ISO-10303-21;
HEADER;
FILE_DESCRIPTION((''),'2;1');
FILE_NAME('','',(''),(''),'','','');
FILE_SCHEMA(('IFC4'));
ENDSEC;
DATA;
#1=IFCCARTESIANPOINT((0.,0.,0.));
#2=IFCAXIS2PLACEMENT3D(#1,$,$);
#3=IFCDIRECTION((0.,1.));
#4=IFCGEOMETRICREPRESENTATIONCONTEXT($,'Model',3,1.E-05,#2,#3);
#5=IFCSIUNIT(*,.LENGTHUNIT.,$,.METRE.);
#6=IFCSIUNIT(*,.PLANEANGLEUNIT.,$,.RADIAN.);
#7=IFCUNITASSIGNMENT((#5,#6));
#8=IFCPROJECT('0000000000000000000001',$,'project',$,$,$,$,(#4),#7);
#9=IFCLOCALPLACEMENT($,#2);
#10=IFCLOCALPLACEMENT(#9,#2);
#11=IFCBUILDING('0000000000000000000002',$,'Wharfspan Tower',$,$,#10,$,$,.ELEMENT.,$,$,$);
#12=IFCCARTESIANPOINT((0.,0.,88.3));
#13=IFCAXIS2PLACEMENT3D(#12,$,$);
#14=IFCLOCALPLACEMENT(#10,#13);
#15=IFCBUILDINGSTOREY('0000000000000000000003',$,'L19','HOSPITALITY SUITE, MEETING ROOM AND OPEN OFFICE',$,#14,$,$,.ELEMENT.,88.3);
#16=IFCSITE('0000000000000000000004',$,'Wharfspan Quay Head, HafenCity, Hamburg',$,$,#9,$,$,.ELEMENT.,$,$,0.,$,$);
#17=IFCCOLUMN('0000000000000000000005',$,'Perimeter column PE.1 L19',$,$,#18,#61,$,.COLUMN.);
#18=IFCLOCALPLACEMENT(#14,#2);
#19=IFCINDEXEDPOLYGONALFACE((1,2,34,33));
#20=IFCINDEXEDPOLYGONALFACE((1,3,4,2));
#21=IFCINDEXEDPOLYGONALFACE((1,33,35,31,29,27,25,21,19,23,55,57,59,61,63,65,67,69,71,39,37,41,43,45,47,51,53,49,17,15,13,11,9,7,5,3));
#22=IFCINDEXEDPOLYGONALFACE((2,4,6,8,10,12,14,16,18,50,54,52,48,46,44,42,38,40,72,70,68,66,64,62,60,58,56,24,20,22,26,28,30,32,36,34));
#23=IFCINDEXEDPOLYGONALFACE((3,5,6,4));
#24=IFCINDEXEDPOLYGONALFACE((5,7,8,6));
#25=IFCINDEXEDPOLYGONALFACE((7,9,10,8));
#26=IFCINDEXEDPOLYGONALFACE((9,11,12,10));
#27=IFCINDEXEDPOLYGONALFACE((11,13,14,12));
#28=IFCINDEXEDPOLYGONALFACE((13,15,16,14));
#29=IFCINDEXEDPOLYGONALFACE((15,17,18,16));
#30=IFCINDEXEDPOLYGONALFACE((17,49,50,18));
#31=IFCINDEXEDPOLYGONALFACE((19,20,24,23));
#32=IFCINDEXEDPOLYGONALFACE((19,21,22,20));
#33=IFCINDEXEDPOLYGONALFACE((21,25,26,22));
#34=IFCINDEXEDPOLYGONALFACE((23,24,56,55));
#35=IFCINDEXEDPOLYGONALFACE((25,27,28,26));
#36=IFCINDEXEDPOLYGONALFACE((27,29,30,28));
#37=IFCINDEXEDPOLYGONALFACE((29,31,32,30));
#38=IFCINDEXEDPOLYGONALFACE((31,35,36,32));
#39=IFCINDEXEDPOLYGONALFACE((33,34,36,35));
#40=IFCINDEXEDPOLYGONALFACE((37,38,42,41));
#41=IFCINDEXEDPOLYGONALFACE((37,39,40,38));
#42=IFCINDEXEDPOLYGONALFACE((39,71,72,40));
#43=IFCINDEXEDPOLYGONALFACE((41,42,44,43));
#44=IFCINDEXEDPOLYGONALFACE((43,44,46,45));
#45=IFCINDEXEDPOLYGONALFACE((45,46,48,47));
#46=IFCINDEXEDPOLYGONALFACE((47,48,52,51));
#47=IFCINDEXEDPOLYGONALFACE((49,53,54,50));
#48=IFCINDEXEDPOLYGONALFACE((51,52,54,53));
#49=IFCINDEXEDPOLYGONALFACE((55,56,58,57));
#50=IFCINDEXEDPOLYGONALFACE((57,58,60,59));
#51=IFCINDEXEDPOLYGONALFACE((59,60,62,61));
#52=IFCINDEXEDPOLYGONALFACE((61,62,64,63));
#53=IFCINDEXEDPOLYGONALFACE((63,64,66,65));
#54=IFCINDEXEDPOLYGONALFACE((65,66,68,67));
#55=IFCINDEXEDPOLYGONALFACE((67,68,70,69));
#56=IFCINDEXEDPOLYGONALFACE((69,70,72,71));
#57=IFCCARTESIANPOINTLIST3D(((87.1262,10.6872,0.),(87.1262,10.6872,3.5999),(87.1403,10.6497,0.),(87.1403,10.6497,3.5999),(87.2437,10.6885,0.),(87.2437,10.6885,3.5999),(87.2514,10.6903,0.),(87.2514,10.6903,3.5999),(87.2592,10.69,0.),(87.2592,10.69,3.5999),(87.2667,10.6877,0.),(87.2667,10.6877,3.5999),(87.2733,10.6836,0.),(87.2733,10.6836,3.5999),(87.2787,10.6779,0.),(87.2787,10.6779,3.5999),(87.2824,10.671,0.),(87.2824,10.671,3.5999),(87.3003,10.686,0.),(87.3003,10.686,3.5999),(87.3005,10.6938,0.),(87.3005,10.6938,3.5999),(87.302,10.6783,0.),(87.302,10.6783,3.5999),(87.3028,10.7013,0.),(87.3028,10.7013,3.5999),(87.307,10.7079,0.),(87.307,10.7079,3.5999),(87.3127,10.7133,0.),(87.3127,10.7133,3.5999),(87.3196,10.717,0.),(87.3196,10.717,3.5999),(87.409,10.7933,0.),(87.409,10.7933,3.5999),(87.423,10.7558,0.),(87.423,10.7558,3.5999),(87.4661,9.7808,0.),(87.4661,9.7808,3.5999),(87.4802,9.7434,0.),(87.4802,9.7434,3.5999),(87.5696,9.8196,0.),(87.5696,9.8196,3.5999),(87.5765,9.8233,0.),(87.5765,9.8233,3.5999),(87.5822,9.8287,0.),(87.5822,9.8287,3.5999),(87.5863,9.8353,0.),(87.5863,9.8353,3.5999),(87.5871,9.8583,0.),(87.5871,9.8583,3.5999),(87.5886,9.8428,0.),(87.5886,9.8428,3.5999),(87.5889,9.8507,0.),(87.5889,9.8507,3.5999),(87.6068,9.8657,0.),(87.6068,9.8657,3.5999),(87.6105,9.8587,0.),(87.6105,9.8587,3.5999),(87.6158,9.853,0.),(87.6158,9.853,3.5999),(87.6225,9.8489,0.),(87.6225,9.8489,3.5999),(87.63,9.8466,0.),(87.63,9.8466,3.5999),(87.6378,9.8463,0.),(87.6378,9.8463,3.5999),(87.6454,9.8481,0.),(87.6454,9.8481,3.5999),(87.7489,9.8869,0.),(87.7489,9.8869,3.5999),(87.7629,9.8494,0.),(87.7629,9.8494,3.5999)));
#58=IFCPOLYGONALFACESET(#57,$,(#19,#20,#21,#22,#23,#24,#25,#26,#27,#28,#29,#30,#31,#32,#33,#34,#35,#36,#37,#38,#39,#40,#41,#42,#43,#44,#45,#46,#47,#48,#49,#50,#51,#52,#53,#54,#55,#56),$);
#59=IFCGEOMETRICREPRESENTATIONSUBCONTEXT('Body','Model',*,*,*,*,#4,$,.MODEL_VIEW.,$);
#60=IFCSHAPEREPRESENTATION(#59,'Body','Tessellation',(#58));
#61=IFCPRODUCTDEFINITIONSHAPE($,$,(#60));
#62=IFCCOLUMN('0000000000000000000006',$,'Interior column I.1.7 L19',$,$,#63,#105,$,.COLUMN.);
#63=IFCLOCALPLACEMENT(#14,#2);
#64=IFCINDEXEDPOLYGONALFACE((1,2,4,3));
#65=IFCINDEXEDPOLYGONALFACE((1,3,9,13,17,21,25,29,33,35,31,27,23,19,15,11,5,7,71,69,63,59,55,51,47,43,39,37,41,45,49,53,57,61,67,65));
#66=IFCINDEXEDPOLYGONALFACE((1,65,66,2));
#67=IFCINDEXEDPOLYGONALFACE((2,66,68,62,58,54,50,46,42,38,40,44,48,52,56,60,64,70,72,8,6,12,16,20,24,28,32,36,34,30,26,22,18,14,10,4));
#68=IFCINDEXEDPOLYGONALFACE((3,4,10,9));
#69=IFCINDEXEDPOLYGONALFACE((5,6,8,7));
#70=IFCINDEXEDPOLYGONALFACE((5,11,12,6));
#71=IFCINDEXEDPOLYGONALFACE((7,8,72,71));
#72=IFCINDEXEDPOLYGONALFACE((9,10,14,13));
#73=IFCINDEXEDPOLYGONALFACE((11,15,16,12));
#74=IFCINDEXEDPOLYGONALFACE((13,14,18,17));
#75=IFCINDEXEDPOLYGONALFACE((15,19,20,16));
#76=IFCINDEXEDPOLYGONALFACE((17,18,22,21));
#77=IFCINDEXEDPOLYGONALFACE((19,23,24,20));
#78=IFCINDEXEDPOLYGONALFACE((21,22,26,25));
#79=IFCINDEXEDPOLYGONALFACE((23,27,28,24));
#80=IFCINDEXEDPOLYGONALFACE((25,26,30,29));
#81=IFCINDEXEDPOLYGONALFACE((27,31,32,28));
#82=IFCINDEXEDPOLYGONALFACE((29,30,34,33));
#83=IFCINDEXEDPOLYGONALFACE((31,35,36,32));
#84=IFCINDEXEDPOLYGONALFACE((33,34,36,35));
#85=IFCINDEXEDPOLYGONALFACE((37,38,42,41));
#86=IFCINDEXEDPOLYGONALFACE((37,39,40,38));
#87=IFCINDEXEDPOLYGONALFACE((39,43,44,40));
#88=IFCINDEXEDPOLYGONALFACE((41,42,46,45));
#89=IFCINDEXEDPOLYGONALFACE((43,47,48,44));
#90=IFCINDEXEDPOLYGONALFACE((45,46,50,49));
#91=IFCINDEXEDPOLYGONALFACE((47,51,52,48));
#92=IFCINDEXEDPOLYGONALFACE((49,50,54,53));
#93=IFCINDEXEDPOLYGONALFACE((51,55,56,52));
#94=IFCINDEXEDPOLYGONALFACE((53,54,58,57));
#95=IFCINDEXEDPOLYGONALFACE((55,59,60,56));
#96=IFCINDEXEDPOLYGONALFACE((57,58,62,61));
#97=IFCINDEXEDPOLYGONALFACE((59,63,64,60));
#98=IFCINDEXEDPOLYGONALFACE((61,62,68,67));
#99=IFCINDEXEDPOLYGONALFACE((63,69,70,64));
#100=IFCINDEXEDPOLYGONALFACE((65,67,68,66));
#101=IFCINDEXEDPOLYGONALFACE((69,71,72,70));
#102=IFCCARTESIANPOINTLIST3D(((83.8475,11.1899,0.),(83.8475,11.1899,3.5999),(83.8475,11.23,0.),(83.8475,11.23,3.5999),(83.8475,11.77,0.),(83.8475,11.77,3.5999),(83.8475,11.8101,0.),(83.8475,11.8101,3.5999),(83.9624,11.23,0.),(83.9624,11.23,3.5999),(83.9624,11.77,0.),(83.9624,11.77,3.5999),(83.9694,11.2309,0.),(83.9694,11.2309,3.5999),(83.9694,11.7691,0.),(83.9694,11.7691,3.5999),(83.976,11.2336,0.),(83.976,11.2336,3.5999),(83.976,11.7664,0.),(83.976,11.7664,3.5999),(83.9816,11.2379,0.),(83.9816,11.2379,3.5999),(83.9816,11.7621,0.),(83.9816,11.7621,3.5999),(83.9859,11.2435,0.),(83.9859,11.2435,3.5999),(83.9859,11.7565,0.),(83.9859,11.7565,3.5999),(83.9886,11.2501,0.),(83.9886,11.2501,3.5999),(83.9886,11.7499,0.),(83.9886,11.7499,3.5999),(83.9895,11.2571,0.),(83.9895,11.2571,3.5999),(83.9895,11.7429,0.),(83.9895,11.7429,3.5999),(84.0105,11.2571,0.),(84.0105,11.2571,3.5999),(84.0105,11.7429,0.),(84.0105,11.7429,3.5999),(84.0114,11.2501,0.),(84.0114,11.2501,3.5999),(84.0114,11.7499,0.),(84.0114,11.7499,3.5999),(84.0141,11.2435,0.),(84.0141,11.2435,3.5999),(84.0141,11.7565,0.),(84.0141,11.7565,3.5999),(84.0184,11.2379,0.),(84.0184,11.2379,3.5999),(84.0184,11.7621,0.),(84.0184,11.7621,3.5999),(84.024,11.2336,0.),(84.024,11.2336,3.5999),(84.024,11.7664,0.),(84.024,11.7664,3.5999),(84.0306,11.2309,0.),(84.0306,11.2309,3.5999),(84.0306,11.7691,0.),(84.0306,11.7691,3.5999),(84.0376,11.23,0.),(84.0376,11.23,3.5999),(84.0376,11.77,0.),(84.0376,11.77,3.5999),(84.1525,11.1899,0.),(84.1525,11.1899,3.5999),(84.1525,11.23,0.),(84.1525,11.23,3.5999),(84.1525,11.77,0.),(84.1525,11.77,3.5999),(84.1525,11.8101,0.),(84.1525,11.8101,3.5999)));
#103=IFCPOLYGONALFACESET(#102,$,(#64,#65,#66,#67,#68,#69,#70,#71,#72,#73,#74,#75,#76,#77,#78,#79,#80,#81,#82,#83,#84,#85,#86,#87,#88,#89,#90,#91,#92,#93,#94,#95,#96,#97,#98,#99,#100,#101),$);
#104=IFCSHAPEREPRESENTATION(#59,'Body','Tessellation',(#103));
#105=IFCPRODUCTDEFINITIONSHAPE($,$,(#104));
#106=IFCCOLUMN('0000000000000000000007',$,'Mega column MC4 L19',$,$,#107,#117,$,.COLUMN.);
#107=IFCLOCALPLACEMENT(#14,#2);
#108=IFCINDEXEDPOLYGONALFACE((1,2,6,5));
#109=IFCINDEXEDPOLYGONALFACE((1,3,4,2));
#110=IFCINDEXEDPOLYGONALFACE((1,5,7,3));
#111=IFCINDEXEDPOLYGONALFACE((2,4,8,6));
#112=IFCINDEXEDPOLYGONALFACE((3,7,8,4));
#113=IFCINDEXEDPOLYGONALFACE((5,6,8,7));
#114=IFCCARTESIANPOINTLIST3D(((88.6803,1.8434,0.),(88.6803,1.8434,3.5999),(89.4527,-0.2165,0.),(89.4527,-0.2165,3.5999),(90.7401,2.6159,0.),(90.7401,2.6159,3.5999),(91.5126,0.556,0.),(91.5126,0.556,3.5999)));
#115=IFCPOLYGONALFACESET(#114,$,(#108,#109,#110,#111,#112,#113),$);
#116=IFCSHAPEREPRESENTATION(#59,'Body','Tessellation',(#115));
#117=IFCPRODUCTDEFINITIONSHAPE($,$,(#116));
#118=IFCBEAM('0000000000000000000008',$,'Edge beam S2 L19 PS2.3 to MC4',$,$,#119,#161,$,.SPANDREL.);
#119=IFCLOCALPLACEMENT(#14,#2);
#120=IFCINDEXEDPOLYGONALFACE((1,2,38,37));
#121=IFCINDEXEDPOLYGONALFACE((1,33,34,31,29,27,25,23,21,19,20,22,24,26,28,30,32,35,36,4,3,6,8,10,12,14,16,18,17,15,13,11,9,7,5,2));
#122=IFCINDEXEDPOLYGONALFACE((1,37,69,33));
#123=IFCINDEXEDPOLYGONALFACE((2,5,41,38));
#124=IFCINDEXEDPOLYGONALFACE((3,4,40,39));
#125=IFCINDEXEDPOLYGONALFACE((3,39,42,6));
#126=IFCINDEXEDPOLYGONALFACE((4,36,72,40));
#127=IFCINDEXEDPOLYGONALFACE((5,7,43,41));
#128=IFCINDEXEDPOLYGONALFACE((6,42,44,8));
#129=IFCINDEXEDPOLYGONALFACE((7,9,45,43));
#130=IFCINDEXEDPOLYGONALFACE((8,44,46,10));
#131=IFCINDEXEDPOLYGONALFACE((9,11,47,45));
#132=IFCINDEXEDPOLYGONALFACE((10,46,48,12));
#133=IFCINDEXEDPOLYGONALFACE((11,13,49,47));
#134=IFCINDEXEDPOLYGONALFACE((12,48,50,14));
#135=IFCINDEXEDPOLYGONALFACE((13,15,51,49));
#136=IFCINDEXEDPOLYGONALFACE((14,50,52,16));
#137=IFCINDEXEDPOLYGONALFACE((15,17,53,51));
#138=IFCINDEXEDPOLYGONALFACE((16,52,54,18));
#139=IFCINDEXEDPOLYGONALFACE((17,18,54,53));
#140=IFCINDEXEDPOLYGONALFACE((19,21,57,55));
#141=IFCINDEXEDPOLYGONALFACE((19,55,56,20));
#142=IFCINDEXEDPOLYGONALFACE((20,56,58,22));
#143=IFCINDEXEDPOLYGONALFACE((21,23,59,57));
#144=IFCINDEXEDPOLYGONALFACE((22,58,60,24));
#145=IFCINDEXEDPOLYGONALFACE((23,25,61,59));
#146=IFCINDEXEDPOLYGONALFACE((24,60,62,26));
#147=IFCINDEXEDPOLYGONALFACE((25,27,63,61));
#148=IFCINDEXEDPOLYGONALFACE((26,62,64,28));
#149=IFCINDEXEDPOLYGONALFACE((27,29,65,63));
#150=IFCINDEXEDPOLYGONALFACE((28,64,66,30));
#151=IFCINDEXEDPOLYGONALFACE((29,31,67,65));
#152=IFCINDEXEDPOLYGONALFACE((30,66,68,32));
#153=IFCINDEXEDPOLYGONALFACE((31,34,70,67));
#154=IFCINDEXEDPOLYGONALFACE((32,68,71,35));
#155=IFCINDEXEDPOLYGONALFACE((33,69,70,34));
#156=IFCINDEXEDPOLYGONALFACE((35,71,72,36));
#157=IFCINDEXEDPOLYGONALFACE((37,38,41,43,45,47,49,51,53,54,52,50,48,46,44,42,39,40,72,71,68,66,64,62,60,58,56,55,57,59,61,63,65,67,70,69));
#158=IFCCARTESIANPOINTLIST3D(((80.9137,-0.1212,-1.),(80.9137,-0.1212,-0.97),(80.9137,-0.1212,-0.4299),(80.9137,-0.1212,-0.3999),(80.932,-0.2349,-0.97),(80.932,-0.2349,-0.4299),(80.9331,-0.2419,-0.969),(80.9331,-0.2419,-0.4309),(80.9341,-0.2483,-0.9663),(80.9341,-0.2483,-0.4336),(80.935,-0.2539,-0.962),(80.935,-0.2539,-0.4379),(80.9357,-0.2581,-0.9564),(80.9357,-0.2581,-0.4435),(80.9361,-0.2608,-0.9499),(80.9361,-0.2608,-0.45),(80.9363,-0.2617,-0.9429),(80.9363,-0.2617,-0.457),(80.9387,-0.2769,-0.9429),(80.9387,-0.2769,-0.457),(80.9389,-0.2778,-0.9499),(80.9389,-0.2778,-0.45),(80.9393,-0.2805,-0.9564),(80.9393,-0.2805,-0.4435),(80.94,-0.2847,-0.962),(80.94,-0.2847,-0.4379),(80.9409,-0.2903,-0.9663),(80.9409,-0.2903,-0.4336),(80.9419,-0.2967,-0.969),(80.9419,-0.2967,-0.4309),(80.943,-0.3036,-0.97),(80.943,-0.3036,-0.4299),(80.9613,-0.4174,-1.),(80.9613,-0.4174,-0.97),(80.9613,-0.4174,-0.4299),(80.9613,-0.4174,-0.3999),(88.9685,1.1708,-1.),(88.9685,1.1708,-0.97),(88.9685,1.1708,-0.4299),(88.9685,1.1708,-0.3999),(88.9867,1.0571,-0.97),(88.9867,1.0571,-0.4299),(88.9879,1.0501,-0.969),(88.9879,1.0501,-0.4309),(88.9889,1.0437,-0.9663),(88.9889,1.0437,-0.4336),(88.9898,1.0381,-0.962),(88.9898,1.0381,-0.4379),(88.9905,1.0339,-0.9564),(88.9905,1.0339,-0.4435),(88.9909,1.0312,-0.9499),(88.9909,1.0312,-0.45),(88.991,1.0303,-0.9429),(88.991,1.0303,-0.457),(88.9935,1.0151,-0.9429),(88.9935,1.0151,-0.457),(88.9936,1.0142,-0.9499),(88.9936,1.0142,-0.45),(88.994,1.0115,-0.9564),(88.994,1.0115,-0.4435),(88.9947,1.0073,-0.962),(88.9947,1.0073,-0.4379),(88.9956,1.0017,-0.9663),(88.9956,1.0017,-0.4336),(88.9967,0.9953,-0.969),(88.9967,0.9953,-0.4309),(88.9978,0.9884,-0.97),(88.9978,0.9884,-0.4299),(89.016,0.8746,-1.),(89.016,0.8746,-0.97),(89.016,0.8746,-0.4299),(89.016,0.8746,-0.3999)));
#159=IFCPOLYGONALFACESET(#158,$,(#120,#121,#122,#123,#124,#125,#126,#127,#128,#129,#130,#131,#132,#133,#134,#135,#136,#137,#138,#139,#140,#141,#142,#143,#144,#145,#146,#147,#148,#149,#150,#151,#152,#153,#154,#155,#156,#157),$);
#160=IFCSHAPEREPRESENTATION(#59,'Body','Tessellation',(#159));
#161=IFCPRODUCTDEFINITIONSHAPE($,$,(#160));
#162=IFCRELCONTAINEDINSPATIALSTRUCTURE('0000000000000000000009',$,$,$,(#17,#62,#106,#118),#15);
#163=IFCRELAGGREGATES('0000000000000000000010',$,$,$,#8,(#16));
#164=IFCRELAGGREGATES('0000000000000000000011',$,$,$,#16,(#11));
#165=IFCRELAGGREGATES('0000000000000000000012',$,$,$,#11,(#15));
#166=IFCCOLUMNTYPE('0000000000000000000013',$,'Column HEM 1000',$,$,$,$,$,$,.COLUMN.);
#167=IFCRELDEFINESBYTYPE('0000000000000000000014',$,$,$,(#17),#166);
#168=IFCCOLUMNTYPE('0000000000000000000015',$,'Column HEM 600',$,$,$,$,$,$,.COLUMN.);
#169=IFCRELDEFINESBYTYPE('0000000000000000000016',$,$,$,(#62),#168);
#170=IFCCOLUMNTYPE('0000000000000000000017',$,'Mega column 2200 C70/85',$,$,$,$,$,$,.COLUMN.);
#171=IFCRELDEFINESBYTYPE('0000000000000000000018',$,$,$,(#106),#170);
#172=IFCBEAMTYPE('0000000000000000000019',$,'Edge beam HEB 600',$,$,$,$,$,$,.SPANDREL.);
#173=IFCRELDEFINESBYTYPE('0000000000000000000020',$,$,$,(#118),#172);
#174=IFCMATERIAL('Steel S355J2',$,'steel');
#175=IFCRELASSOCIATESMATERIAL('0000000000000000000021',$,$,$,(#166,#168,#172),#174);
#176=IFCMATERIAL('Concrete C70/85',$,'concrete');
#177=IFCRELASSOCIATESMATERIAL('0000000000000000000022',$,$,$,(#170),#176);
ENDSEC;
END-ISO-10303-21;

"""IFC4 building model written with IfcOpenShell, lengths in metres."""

from ifc_helpers import new_model, si_unit, direction, frame, origin, origin_2d, place, context, subcontext, project, spatial, rectangle, i_section, extrude, material, material_profile, profile_set, type_object, element, save


model = new_model("IFC4")

# Units and contexts
model_context = context("Model", 3, precision=1e-05, world=origin(), true_north=direction((0.0, 1.0)))
body_context = subcontext(model_context, "Body", "Model", "MODEL_VIEW")
ifc_project = project(units=[si_unit("LENGTHUNIT", "METRE"), si_unit("PLANEANGLEUNIT", "RADIAN")], contexts=[model_context])

# Site, building, storey
site_placement = place(None, origin())
site = spatial("IfcSite", under=ifc_project, at=site_placement, Name="Wharfspan Quay Head, HafenCity, Hamburg", CompositionType="ELEMENT", RefElevation=0.0)
building_placement = place(site_placement, origin())
building = spatial("IfcBuilding", under=site, at=building_placement, Name="Wharfspan Tower", CompositionType="ELEMENT")
storey_placement = place(building_placement, frame((0.0, 0.0, 88.3)))
storey = spatial("IfcBuildingStorey", under=building, at=storey_placement, Name="L19", Description="HOSPITALITY SUITE, MEETING ROOM AND OPEN OFFICE", CompositionType="ELEMENT", Elevation=88.3)

# Columns
ifc_material_1 = material(Name="Steel S355J2", Category="steel")
ifc_material_profile_1 = material_profile(ifc_material_1, i_section(OverallWidth=0.302, OverallDepth=1.0081, WebThickness=0.021, FlangeThickness=0.04, FilletRadius=0.03, at=origin_2d()))
ifc_profile_set_1 = profile_set([ifc_material_profile_1], Name="Steel S355J2")
column_type_1 = type_object("IfcColumnType", Name="Column HEM 1000", PredefinedType="COLUMN", material=ifc_profile_set_1)
column_1_placement = place(storey_placement, frame((87.4446, 10.2683, 0.0), z_axis=(0.0, 0.0, 1.0), x_axis=(0.936328, 0.351123, 0.0)))
element("IfcColumn", 1, at=column_1_placement, inside=storey, type_object=column_type_1, Name="Perimeter column PE.1 L19", PredefinedType="COLUMN", context=body_context, shape_type="SweptSolid", body=[
    extrude(i_section(OverallWidth=0.302, OverallDepth=1.0081, WebThickness=0.021, FlangeThickness=0.04, FilletRadius=0.03, at=origin_2d()), origin(), (0.0, 0.0, 1.0), 3.5999),
])
ifc_material_profile_2 = material_profile(ifc_material_1, i_section(OverallWidth=0.3049, OverallDepth=0.6201, WebThickness=0.021, FlangeThickness=0.04, FilletRadius=0.0271, at=origin_2d()))
ifc_profile_set_2 = profile_set([ifc_material_profile_2], Name="Steel S355J2")
column_type_2 = type_object("IfcColumnType", Name="Column HEM 600", PredefinedType="COLUMN", material=ifc_profile_set_2)
column_2_placement = place(storey_placement, frame((84.0, 11.5, 0.0), z_axis=(0.0, 0.0, 1.0), x_axis=(1.0, 0.0, 0.0)))
element("IfcColumn", 2, at=column_2_placement, inside=storey, type_object=column_type_2, Name="Interior column I.1.7 L19", PredefinedType="COLUMN", context=body_context, shape_type="SweptSolid", body=[
    extrude(i_section(OverallWidth=0.3049, OverallDepth=0.6201, WebThickness=0.021, FlangeThickness=0.04, FilletRadius=0.0271, at=origin_2d()), origin(), (0.0, 0.0, 1.0), 3.5999),
])
ifc_material_2 = material(Name="Concrete C70/85", Category="concrete")
ifc_material_profile_3 = material_profile(ifc_material_2, rectangle(XDim=2.2, YDim=2.2, at=origin_2d()))
ifc_profile_set_3 = profile_set([ifc_material_profile_3], Name="Concrete C70/85")
column_type_3 = type_object("IfcColumnType", Name="Mega column 2200 C70/85", PredefinedType="COLUMN", material=ifc_profile_set_3)
column_3_placement = place(storey_placement, frame((90.0964, 1.1997, 0.0), z_axis=(0.0, 0.0, 1.0), x_axis=(-0.351123, 0.936328, 0.0)))
element("IfcColumn", 3, at=column_3_placement, inside=storey, type_object=column_type_3, Name="Mega column MC4 L19", PredefinedType="COLUMN", context=body_context, shape_type="SweptSolid", body=[
    extrude(rectangle(XDim=2.2, YDim=2.2, at=origin_2d()), origin(), (0.0, 0.0, 1.0), 3.5999),
])

# Beam
ifc_material_profile_4 = material_profile(ifc_material_1, i_section(OverallWidth=0.3, OverallDepth=0.6001, WebThickness=0.0154, FlangeThickness=0.03, FilletRadius=0.0271, at=origin_2d()))
ifc_profile_set_4 = profile_set([ifc_material_profile_4], Name="Steel S355J2")
beam_type = type_object("IfcBeamType", Name="Edge beam HEB 600", PredefinedType="SPANDREL", material=ifc_profile_set_4)
beam_1_placement = place(storey_placement, frame((80.9375, -0.2693, -0.7), z_axis=(0.987379, 0.158378, 0.0), x_axis=(-0.158378, 0.987379, 0.0)))
element("IfcBeam", 4, at=beam_1_placement, inside=storey, type_object=beam_type, Name="Edge beam S2 L19 PS2.3 to MC4", PredefinedType="SPANDREL", context=body_context, shape_type="SweptSolid", body=[
    extrude(i_section(OverallWidth=0.3, OverallDepth=0.6001, WebThickness=0.0154, FlangeThickness=0.03, FilletRadius=0.0271, at=origin_2d()), origin(), (0.0, 0.0, 1.0), 8.1577),
])

save(model, "model.ifc")
